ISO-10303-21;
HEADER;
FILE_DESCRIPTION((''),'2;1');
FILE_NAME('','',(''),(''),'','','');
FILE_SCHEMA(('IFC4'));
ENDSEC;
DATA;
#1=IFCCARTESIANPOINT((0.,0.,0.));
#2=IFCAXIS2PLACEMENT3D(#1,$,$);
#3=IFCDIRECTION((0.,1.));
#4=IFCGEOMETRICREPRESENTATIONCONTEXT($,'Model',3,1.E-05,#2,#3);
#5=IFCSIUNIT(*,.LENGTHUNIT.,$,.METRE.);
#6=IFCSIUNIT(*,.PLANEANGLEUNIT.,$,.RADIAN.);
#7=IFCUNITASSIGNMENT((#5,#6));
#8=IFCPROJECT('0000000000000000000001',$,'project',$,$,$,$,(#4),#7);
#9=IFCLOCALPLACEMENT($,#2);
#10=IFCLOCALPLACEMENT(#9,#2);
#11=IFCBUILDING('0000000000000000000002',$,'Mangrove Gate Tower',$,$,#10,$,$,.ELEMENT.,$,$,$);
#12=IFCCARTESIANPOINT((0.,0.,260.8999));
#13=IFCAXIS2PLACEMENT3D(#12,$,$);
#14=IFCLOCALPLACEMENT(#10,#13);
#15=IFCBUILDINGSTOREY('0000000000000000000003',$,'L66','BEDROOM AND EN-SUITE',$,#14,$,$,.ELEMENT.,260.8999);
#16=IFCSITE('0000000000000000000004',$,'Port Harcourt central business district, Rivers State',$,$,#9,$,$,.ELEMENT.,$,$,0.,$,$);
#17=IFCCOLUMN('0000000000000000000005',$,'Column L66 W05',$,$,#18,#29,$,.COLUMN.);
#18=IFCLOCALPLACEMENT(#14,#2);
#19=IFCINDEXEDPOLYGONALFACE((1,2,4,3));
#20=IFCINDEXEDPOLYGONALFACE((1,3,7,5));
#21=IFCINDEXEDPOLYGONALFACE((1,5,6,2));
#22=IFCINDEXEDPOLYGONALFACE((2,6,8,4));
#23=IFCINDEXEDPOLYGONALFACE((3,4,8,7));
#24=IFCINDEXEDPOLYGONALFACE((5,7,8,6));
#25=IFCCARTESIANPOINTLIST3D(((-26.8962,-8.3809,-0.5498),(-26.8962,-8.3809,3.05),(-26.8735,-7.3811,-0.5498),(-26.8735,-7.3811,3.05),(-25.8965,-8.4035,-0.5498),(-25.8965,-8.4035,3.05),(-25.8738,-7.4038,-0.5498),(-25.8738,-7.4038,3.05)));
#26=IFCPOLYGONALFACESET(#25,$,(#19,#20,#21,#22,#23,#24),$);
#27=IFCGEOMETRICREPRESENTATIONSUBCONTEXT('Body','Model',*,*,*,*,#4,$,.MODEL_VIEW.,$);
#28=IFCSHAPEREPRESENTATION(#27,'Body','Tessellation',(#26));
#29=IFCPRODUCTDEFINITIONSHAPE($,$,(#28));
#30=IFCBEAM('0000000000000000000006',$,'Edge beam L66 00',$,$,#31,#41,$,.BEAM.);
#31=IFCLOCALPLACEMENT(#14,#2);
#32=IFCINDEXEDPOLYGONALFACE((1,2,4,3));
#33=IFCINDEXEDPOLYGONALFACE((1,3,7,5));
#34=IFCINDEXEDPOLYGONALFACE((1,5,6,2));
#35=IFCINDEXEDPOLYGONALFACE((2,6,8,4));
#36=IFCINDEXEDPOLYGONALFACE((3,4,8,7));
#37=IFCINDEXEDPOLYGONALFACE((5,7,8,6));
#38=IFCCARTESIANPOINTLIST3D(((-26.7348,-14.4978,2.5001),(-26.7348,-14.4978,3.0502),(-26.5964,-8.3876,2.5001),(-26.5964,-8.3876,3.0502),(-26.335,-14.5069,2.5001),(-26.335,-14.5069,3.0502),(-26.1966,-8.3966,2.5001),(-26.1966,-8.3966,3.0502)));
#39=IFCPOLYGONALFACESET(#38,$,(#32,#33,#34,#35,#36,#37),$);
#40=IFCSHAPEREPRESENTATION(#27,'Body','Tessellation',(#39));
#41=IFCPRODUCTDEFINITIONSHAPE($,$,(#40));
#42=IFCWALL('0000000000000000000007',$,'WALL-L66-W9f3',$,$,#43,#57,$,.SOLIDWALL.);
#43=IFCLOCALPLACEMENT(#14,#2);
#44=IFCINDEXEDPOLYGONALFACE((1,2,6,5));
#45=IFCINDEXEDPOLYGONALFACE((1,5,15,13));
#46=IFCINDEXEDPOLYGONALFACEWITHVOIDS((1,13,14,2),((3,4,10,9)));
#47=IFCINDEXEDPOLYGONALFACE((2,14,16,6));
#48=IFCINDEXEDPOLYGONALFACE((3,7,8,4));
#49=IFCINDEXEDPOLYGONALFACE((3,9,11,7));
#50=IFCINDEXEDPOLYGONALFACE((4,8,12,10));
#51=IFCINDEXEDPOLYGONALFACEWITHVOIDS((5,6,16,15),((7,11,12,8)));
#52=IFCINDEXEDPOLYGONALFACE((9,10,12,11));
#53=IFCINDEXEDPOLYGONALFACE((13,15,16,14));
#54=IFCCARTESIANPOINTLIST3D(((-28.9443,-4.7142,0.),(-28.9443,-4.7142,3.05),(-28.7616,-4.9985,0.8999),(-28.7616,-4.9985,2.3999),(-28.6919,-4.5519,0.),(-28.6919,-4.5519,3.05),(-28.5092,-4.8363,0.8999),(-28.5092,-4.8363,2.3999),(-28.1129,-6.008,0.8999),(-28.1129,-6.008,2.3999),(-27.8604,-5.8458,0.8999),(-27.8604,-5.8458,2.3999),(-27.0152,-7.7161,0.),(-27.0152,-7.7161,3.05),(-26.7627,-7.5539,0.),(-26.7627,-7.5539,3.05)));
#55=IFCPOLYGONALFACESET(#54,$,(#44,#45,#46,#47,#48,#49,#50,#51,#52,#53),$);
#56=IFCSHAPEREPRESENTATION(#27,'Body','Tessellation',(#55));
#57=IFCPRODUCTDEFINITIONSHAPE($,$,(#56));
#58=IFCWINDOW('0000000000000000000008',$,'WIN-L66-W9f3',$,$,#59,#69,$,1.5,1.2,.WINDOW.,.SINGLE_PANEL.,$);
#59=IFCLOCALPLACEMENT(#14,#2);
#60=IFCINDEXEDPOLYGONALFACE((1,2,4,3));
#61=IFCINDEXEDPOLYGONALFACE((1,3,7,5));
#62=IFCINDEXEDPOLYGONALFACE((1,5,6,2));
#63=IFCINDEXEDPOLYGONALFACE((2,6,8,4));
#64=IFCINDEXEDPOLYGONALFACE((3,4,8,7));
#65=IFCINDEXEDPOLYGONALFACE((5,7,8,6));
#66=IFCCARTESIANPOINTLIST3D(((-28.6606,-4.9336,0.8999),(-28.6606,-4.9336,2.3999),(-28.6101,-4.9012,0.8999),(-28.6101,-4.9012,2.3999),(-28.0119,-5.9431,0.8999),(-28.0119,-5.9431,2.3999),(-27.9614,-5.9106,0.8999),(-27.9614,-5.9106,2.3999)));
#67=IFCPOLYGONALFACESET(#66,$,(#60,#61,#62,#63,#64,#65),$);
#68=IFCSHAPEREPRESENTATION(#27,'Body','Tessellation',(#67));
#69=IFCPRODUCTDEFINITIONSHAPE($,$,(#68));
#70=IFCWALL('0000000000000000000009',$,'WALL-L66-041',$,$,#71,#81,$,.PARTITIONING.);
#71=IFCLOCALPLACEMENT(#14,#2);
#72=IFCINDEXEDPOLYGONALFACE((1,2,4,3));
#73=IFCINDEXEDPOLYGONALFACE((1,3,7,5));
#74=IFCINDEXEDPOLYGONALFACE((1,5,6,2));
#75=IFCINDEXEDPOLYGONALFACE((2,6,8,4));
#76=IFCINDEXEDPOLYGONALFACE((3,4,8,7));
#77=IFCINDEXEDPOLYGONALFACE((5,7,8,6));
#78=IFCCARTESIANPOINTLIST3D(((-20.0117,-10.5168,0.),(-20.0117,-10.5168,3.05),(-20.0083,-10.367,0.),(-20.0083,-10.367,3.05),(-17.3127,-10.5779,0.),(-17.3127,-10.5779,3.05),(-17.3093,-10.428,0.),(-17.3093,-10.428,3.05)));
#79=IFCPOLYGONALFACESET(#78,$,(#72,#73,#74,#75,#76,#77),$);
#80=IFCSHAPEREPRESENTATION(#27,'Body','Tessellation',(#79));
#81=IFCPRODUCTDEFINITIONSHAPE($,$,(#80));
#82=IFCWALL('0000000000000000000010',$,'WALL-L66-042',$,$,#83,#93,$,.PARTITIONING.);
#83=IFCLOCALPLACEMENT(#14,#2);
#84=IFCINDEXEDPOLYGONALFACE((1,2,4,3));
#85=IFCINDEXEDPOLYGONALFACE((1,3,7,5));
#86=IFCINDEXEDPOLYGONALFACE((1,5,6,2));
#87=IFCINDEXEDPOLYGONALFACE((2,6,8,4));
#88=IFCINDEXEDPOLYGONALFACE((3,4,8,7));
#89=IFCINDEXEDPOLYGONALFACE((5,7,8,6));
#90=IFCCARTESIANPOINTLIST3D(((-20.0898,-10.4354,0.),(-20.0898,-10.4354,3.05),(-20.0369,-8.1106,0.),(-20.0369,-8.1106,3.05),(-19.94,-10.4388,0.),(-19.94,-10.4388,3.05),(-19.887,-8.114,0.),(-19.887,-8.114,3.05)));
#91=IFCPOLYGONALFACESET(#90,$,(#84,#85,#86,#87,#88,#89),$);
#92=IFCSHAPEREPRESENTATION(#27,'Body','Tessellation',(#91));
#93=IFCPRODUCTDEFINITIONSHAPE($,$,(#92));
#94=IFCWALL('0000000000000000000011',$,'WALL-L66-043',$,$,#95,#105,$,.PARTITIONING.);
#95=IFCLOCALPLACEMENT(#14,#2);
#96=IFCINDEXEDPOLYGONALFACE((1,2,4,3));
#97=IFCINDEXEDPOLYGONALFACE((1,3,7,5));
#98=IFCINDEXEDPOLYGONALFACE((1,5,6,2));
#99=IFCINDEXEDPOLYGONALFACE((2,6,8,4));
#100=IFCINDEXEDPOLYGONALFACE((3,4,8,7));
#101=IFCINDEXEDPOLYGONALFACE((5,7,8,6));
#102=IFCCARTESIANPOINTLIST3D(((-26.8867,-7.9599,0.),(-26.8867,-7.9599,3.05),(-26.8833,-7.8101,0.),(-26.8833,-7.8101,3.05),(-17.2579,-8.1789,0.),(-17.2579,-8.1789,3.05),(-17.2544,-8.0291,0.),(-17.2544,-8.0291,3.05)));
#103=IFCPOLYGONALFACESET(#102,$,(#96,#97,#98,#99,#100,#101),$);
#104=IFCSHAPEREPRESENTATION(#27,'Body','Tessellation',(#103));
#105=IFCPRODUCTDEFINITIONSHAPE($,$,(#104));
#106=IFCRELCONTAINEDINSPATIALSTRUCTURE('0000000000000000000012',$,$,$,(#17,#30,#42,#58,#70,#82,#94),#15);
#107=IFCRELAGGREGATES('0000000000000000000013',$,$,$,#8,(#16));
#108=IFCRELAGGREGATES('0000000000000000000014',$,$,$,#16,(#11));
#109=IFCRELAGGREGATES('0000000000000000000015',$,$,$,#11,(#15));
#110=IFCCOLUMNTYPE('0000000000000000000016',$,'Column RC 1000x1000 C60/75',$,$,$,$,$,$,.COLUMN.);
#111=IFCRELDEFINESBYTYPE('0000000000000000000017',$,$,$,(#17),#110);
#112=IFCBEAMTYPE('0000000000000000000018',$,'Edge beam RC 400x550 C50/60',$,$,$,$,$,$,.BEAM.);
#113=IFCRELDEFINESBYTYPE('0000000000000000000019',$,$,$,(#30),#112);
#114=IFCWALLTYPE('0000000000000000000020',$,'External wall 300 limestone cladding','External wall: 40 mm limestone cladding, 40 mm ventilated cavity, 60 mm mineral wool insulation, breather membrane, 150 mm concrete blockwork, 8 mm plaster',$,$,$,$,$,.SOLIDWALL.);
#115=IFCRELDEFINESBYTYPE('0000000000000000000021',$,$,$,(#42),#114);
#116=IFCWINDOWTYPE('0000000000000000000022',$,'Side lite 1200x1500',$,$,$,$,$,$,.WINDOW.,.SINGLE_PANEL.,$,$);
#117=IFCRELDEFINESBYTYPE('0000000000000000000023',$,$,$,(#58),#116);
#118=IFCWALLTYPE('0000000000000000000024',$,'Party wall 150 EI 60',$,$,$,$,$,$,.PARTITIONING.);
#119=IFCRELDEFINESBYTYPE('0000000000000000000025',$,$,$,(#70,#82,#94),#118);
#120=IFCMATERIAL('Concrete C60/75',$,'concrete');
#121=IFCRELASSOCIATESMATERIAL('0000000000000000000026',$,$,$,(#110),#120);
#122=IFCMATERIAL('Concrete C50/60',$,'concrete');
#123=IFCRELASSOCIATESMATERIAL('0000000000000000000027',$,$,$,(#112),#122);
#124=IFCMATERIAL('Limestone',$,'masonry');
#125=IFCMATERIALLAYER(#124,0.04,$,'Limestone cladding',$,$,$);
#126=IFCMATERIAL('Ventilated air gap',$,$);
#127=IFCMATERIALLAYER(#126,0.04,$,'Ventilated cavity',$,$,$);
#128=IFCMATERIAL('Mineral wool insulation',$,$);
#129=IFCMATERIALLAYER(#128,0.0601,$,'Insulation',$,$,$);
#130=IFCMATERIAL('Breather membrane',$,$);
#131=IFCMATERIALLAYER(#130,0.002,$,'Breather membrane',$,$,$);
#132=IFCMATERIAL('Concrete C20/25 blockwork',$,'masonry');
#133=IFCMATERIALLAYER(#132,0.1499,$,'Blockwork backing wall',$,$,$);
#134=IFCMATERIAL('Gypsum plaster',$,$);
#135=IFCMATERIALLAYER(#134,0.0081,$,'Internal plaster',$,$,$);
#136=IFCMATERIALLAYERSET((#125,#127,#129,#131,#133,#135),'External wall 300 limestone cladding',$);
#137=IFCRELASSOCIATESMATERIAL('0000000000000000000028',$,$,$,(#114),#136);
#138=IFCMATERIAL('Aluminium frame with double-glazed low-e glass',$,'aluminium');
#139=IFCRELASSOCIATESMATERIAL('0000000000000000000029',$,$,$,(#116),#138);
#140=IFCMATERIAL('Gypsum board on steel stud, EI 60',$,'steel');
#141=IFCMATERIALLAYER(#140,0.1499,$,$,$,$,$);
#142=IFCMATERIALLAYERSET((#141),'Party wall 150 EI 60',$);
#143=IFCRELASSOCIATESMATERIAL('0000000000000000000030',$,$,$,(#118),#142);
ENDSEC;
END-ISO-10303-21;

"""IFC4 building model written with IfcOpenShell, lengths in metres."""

from ifc_helpers import new_model, si_unit, direction, frame, frame_2d, origin, origin_2d, place, context, subcontext, project, spatial, rectangle, extrude, material, layer, layer_set, material_profile, profile_set, type_object, element, fill, save


model = new_model("IFC4")

# Units and contexts
model_context = context("Model", 3, precision=1e-05, world=origin(), true_north=direction((0.0, 1.0)))
body_context = subcontext(model_context, "Body", "Model", "MODEL_VIEW")
ifc_project = project(units=[si_unit("LENGTHUNIT", "METRE"), si_unit("PLANEANGLEUNIT", "RADIAN")], contexts=[model_context])

# Site, building, storey
site_placement = place(None, origin())
site = spatial("IfcSite", under=ifc_project, at=site_placement, Name="Port Harcourt central business district, Rivers State", CompositionType="ELEMENT", RefElevation=0.0)
building_placement = place(site_placement, origin())
building = spatial("IfcBuilding", under=site, at=building_placement, Name="Mangrove Gate Tower", CompositionType="ELEMENT")
storey_placement = place(building_placement, frame((0.0, 0.0, 260.8999)))
storey = spatial("IfcBuildingStorey", under=building, at=storey_placement, Name="L66", Description="BEDROOM AND EN-SUITE", CompositionType="ELEMENT", Elevation=260.8999)

# Column
ifc_material_1 = material(Name="Concrete C60/75", Category="concrete")
ifc_material_profile_1 = material_profile(ifc_material_1, rectangle(XDim=1.0, YDim=1.0, at=origin_2d()))
ifc_profile_set_1 = profile_set([ifc_material_profile_1], Name="Concrete C60/75")
column_type = type_object("IfcColumnType", Name="Column RC 1000x1000 C60/75", PredefinedType="COLUMN", material=ifc_profile_set_1)
column_placement = place(storey_placement, frame((-26.385, -7.8923, -0.5498), z_axis=(0.0, 0.0, 1.0), x_axis=(-0.022672, -0.999743, 0.0)))
element("IfcColumn", 1, at=column_placement, inside=storey, type_object=column_type, Name="Column L66 W05", PredefinedType="COLUMN", context=body_context, shape_type="SweptSolid", body=[
    extrude(rectangle(XDim=1.0, YDim=1.0, at=origin_2d()), origin(), (0.0, 0.0, 1.0), 3.5999),
])

# Beam
ifc_material_2 = material(Name="Concrete C50/60", Category="concrete")
ifc_material_profile_2 = material_profile(ifc_material_2, rectangle(XDim=0.3999, YDim=0.55, at=origin_2d()))
ifc_profile_set_2 = profile_set([ifc_material_profile_2], Name="Concrete C50/60")
beam_type = type_object("IfcBeamType", Name="Edge beam RC 400x550 C50/60", PredefinedType="BEAM", material=ifc_profile_set_2)
beam_placement = place(storey_placement, frame((-26.3965, -8.3921, 2.7751), z_axis=(-0.022649, -0.999743, 0.0), x_axis=(0.999743, -0.022649, 0.0)))
element("IfcBeam", 2, at=beam_placement, inside=storey, type_object=beam_type, Name="Edge beam L66 00", PredefinedType="BEAM", context=body_context, shape_type="SweptSolid", body=[
    extrude(rectangle(XDim=0.3999, YDim=0.55, at=origin_2d()), origin(), (0.0, 0.0, 1.0), 6.1118),
])

# Wall, opening, window
ifc_material_3 = material(Name="Limestone", Category="masonry")
ifc_layer_1 = layer(ifc_material_3, 0.04, Name="Limestone cladding")
ifc_material_4 = material(Name="Ventilated air gap")
ifc_layer_2 = layer(ifc_material_4, 0.04, Name="Ventilated cavity")
ifc_material_5 = material(Name="Mineral wool insulation")
ifc_layer_3 = layer(ifc_material_5, 0.0601, Name="Insulation")
ifc_material_6 = material(Name="Breather membrane")
ifc_layer_4 = layer(ifc_material_6, 0.002, Name="Breather membrane")
ifc_material_7 = material(Name="Concrete C20/25 blockwork", Category="masonry")
ifc_layer_5 = layer(ifc_material_7, 0.1499, Name="Blockwork backing wall")
ifc_material_8 = material(Name="Gypsum plaster")
ifc_layer_6 = layer(ifc_material_8, 0.0081, Name="Internal plaster")
ifc_layer_set_1 = layer_set([ifc_layer_1, ifc_layer_2, ifc_layer_3, ifc_layer_4, ifc_layer_5, ifc_layer_6], Name="External wall 300 limestone cladding")
wall_type_1 = type_object("IfcWallType", Name="External wall 300 limestone cladding", Description="External wall: 40 mm limestone cladding, 40 mm ventilated cavity, 60 mm mineral wool insulation, breather membrane, 150 mm concrete blockwork, 8 mm plaster", PredefinedType="SOLIDWALL", material=ifc_layer_set_1)
wall_1_placement = place(storey_placement, frame((-28.8181, -4.6331, 0.0), z_axis=(0.0, 0.0, 1.0), x_axis=(0.540633, -0.841258, 0.0)))
wall_1 = element("IfcWall", 3, at=wall_1_placement, inside=storey, type_object=wall_type_1, Name="WALL-L66-W9f3", PredefinedType="SOLIDWALL", context=body_context, shape_type="SweptSolid", body=[
    extrude(rectangle(XDim=3.5684, YDim=0.3, at=frame_2d((1.7842, 0.0))), origin(), (0.0, 0.0, 1.0), 3.05),
])
opening_1_placement = place(wall_1_placement, frame((0.3379, 0.0, 0.8999)))
opening_1 = element("IfcOpeningElement", 4, at=opening_1_placement, cuts=wall_1, PredefinedType="OPENING", context=body_context, shape_type="SweptSolid", body=[
    extrude(rectangle(XDim=1.2, YDim=1.5, at=frame_2d((0.6001, 0.75))), frame((0.0, 0.1599, 0.0), z_axis=(0.0, -1.0, 0.0), x_axis=(1.0, 0.0, 0.0)), (0.0, 0.0, 1.0), 0.3201),
])
ifc_material_9 = material(Name="Aluminium frame with double-glazed low-e glass", Category="aluminium")
window_type_1 = type_object("IfcWindowType", Name="Side lite 1200x1500", PartitioningType="SINGLE_PANEL", PredefinedType="WINDOW", material=ifc_material_9)
window_1_placement = place(opening_1_placement, origin())
window_1 = element("IfcWindow", 5, at=window_1_placement, inside=storey, type_object=window_type_1, Name="WIN-L66-W9f3", OverallHeight=1.5, OverallWidth=1.2, PartitioningType="SINGLE_PANEL", PredefinedType="WINDOW", context=body_context, shape_type="SweptSolid", body=[
    extrude(rectangle(XDim=1.2, YDim=1.5, at=frame_2d((0.6001, 0.75))), frame((0.0, 0.03, 0.0), z_axis=(0.0, -1.0, 0.0), x_axis=(1.0, 0.0, 0.0)), (0.0, 0.0, 1.0), 0.0601),
])
fill(opening_1, window_1)

# Walls
ifc_material_10 = material(Name="Gypsum board on steel stud, EI 60", Category="steel")
ifc_layer_7 = layer(ifc_material_10, 0.1499)
ifc_layer_set_2 = layer_set([ifc_layer_7], Name="Party wall 150 EI 60")
wall_type_2 = type_object("IfcWallType", Name="Party wall 150 EI 60", PredefinedType="PARTITIONING", material=ifc_layer_set_2)
wall_2_placement = place(storey_placement, frame((-20.01, -10.4419, 0.0), z_axis=(0.0, 0.0, 1.0), x_axis=(0.999744, -0.022608, 0.0)))
element("IfcWall", 6, at=wall_2_placement, inside=storey, type_object=wall_type_2, Name="WALL-L66-041", PredefinedType="PARTITIONING", context=body_context, shape_type="SweptSolid", body=[
    extrude(rectangle(XDim=2.6997, YDim=0.1499, at=frame_2d((1.3499, 0.0))), origin(), (0.0, 0.0, 1.0), 3.05),
])
wall_3_placement = place(storey_placement, frame((-20.0149, -10.437, 0.0), z_axis=(0.0, 0.0, 1.0), x_axis=(0.022781, 0.99974, 0.0)))
element("IfcWall", 7, at=wall_3_placement, inside=storey, type_object=wall_type_2, Name="WALL-L66-042", PredefinedType="PARTITIONING", context=body_context, shape_type="SweptSolid", body=[
    extrude(rectangle(XDim=2.3254, YDim=0.1499, at=frame_2d((1.1626, 0.0))), origin(), (0.0, 0.0, 1.0), 3.05),
])
wall_4_placement = place(storey_placement, frame((-26.885, -7.885, 0.0), z_axis=(0.0, 0.0, 1.0), x_axis=(0.999741, -0.022738, 0.0)))
element("IfcWall", 8, at=wall_4_placement, inside=storey, type_object=wall_type_2, Name="WALL-L66-043", PredefinedType="PARTITIONING", context=body_context, shape_type="SweptSolid", body=[
    extrude(rectangle(XDim=9.6313, YDim=0.1499, at=frame_2d((4.8157, 0.0))), origin(), (0.0, 0.0, 1.0), 3.05),
])

save(model, "model.ifc")
